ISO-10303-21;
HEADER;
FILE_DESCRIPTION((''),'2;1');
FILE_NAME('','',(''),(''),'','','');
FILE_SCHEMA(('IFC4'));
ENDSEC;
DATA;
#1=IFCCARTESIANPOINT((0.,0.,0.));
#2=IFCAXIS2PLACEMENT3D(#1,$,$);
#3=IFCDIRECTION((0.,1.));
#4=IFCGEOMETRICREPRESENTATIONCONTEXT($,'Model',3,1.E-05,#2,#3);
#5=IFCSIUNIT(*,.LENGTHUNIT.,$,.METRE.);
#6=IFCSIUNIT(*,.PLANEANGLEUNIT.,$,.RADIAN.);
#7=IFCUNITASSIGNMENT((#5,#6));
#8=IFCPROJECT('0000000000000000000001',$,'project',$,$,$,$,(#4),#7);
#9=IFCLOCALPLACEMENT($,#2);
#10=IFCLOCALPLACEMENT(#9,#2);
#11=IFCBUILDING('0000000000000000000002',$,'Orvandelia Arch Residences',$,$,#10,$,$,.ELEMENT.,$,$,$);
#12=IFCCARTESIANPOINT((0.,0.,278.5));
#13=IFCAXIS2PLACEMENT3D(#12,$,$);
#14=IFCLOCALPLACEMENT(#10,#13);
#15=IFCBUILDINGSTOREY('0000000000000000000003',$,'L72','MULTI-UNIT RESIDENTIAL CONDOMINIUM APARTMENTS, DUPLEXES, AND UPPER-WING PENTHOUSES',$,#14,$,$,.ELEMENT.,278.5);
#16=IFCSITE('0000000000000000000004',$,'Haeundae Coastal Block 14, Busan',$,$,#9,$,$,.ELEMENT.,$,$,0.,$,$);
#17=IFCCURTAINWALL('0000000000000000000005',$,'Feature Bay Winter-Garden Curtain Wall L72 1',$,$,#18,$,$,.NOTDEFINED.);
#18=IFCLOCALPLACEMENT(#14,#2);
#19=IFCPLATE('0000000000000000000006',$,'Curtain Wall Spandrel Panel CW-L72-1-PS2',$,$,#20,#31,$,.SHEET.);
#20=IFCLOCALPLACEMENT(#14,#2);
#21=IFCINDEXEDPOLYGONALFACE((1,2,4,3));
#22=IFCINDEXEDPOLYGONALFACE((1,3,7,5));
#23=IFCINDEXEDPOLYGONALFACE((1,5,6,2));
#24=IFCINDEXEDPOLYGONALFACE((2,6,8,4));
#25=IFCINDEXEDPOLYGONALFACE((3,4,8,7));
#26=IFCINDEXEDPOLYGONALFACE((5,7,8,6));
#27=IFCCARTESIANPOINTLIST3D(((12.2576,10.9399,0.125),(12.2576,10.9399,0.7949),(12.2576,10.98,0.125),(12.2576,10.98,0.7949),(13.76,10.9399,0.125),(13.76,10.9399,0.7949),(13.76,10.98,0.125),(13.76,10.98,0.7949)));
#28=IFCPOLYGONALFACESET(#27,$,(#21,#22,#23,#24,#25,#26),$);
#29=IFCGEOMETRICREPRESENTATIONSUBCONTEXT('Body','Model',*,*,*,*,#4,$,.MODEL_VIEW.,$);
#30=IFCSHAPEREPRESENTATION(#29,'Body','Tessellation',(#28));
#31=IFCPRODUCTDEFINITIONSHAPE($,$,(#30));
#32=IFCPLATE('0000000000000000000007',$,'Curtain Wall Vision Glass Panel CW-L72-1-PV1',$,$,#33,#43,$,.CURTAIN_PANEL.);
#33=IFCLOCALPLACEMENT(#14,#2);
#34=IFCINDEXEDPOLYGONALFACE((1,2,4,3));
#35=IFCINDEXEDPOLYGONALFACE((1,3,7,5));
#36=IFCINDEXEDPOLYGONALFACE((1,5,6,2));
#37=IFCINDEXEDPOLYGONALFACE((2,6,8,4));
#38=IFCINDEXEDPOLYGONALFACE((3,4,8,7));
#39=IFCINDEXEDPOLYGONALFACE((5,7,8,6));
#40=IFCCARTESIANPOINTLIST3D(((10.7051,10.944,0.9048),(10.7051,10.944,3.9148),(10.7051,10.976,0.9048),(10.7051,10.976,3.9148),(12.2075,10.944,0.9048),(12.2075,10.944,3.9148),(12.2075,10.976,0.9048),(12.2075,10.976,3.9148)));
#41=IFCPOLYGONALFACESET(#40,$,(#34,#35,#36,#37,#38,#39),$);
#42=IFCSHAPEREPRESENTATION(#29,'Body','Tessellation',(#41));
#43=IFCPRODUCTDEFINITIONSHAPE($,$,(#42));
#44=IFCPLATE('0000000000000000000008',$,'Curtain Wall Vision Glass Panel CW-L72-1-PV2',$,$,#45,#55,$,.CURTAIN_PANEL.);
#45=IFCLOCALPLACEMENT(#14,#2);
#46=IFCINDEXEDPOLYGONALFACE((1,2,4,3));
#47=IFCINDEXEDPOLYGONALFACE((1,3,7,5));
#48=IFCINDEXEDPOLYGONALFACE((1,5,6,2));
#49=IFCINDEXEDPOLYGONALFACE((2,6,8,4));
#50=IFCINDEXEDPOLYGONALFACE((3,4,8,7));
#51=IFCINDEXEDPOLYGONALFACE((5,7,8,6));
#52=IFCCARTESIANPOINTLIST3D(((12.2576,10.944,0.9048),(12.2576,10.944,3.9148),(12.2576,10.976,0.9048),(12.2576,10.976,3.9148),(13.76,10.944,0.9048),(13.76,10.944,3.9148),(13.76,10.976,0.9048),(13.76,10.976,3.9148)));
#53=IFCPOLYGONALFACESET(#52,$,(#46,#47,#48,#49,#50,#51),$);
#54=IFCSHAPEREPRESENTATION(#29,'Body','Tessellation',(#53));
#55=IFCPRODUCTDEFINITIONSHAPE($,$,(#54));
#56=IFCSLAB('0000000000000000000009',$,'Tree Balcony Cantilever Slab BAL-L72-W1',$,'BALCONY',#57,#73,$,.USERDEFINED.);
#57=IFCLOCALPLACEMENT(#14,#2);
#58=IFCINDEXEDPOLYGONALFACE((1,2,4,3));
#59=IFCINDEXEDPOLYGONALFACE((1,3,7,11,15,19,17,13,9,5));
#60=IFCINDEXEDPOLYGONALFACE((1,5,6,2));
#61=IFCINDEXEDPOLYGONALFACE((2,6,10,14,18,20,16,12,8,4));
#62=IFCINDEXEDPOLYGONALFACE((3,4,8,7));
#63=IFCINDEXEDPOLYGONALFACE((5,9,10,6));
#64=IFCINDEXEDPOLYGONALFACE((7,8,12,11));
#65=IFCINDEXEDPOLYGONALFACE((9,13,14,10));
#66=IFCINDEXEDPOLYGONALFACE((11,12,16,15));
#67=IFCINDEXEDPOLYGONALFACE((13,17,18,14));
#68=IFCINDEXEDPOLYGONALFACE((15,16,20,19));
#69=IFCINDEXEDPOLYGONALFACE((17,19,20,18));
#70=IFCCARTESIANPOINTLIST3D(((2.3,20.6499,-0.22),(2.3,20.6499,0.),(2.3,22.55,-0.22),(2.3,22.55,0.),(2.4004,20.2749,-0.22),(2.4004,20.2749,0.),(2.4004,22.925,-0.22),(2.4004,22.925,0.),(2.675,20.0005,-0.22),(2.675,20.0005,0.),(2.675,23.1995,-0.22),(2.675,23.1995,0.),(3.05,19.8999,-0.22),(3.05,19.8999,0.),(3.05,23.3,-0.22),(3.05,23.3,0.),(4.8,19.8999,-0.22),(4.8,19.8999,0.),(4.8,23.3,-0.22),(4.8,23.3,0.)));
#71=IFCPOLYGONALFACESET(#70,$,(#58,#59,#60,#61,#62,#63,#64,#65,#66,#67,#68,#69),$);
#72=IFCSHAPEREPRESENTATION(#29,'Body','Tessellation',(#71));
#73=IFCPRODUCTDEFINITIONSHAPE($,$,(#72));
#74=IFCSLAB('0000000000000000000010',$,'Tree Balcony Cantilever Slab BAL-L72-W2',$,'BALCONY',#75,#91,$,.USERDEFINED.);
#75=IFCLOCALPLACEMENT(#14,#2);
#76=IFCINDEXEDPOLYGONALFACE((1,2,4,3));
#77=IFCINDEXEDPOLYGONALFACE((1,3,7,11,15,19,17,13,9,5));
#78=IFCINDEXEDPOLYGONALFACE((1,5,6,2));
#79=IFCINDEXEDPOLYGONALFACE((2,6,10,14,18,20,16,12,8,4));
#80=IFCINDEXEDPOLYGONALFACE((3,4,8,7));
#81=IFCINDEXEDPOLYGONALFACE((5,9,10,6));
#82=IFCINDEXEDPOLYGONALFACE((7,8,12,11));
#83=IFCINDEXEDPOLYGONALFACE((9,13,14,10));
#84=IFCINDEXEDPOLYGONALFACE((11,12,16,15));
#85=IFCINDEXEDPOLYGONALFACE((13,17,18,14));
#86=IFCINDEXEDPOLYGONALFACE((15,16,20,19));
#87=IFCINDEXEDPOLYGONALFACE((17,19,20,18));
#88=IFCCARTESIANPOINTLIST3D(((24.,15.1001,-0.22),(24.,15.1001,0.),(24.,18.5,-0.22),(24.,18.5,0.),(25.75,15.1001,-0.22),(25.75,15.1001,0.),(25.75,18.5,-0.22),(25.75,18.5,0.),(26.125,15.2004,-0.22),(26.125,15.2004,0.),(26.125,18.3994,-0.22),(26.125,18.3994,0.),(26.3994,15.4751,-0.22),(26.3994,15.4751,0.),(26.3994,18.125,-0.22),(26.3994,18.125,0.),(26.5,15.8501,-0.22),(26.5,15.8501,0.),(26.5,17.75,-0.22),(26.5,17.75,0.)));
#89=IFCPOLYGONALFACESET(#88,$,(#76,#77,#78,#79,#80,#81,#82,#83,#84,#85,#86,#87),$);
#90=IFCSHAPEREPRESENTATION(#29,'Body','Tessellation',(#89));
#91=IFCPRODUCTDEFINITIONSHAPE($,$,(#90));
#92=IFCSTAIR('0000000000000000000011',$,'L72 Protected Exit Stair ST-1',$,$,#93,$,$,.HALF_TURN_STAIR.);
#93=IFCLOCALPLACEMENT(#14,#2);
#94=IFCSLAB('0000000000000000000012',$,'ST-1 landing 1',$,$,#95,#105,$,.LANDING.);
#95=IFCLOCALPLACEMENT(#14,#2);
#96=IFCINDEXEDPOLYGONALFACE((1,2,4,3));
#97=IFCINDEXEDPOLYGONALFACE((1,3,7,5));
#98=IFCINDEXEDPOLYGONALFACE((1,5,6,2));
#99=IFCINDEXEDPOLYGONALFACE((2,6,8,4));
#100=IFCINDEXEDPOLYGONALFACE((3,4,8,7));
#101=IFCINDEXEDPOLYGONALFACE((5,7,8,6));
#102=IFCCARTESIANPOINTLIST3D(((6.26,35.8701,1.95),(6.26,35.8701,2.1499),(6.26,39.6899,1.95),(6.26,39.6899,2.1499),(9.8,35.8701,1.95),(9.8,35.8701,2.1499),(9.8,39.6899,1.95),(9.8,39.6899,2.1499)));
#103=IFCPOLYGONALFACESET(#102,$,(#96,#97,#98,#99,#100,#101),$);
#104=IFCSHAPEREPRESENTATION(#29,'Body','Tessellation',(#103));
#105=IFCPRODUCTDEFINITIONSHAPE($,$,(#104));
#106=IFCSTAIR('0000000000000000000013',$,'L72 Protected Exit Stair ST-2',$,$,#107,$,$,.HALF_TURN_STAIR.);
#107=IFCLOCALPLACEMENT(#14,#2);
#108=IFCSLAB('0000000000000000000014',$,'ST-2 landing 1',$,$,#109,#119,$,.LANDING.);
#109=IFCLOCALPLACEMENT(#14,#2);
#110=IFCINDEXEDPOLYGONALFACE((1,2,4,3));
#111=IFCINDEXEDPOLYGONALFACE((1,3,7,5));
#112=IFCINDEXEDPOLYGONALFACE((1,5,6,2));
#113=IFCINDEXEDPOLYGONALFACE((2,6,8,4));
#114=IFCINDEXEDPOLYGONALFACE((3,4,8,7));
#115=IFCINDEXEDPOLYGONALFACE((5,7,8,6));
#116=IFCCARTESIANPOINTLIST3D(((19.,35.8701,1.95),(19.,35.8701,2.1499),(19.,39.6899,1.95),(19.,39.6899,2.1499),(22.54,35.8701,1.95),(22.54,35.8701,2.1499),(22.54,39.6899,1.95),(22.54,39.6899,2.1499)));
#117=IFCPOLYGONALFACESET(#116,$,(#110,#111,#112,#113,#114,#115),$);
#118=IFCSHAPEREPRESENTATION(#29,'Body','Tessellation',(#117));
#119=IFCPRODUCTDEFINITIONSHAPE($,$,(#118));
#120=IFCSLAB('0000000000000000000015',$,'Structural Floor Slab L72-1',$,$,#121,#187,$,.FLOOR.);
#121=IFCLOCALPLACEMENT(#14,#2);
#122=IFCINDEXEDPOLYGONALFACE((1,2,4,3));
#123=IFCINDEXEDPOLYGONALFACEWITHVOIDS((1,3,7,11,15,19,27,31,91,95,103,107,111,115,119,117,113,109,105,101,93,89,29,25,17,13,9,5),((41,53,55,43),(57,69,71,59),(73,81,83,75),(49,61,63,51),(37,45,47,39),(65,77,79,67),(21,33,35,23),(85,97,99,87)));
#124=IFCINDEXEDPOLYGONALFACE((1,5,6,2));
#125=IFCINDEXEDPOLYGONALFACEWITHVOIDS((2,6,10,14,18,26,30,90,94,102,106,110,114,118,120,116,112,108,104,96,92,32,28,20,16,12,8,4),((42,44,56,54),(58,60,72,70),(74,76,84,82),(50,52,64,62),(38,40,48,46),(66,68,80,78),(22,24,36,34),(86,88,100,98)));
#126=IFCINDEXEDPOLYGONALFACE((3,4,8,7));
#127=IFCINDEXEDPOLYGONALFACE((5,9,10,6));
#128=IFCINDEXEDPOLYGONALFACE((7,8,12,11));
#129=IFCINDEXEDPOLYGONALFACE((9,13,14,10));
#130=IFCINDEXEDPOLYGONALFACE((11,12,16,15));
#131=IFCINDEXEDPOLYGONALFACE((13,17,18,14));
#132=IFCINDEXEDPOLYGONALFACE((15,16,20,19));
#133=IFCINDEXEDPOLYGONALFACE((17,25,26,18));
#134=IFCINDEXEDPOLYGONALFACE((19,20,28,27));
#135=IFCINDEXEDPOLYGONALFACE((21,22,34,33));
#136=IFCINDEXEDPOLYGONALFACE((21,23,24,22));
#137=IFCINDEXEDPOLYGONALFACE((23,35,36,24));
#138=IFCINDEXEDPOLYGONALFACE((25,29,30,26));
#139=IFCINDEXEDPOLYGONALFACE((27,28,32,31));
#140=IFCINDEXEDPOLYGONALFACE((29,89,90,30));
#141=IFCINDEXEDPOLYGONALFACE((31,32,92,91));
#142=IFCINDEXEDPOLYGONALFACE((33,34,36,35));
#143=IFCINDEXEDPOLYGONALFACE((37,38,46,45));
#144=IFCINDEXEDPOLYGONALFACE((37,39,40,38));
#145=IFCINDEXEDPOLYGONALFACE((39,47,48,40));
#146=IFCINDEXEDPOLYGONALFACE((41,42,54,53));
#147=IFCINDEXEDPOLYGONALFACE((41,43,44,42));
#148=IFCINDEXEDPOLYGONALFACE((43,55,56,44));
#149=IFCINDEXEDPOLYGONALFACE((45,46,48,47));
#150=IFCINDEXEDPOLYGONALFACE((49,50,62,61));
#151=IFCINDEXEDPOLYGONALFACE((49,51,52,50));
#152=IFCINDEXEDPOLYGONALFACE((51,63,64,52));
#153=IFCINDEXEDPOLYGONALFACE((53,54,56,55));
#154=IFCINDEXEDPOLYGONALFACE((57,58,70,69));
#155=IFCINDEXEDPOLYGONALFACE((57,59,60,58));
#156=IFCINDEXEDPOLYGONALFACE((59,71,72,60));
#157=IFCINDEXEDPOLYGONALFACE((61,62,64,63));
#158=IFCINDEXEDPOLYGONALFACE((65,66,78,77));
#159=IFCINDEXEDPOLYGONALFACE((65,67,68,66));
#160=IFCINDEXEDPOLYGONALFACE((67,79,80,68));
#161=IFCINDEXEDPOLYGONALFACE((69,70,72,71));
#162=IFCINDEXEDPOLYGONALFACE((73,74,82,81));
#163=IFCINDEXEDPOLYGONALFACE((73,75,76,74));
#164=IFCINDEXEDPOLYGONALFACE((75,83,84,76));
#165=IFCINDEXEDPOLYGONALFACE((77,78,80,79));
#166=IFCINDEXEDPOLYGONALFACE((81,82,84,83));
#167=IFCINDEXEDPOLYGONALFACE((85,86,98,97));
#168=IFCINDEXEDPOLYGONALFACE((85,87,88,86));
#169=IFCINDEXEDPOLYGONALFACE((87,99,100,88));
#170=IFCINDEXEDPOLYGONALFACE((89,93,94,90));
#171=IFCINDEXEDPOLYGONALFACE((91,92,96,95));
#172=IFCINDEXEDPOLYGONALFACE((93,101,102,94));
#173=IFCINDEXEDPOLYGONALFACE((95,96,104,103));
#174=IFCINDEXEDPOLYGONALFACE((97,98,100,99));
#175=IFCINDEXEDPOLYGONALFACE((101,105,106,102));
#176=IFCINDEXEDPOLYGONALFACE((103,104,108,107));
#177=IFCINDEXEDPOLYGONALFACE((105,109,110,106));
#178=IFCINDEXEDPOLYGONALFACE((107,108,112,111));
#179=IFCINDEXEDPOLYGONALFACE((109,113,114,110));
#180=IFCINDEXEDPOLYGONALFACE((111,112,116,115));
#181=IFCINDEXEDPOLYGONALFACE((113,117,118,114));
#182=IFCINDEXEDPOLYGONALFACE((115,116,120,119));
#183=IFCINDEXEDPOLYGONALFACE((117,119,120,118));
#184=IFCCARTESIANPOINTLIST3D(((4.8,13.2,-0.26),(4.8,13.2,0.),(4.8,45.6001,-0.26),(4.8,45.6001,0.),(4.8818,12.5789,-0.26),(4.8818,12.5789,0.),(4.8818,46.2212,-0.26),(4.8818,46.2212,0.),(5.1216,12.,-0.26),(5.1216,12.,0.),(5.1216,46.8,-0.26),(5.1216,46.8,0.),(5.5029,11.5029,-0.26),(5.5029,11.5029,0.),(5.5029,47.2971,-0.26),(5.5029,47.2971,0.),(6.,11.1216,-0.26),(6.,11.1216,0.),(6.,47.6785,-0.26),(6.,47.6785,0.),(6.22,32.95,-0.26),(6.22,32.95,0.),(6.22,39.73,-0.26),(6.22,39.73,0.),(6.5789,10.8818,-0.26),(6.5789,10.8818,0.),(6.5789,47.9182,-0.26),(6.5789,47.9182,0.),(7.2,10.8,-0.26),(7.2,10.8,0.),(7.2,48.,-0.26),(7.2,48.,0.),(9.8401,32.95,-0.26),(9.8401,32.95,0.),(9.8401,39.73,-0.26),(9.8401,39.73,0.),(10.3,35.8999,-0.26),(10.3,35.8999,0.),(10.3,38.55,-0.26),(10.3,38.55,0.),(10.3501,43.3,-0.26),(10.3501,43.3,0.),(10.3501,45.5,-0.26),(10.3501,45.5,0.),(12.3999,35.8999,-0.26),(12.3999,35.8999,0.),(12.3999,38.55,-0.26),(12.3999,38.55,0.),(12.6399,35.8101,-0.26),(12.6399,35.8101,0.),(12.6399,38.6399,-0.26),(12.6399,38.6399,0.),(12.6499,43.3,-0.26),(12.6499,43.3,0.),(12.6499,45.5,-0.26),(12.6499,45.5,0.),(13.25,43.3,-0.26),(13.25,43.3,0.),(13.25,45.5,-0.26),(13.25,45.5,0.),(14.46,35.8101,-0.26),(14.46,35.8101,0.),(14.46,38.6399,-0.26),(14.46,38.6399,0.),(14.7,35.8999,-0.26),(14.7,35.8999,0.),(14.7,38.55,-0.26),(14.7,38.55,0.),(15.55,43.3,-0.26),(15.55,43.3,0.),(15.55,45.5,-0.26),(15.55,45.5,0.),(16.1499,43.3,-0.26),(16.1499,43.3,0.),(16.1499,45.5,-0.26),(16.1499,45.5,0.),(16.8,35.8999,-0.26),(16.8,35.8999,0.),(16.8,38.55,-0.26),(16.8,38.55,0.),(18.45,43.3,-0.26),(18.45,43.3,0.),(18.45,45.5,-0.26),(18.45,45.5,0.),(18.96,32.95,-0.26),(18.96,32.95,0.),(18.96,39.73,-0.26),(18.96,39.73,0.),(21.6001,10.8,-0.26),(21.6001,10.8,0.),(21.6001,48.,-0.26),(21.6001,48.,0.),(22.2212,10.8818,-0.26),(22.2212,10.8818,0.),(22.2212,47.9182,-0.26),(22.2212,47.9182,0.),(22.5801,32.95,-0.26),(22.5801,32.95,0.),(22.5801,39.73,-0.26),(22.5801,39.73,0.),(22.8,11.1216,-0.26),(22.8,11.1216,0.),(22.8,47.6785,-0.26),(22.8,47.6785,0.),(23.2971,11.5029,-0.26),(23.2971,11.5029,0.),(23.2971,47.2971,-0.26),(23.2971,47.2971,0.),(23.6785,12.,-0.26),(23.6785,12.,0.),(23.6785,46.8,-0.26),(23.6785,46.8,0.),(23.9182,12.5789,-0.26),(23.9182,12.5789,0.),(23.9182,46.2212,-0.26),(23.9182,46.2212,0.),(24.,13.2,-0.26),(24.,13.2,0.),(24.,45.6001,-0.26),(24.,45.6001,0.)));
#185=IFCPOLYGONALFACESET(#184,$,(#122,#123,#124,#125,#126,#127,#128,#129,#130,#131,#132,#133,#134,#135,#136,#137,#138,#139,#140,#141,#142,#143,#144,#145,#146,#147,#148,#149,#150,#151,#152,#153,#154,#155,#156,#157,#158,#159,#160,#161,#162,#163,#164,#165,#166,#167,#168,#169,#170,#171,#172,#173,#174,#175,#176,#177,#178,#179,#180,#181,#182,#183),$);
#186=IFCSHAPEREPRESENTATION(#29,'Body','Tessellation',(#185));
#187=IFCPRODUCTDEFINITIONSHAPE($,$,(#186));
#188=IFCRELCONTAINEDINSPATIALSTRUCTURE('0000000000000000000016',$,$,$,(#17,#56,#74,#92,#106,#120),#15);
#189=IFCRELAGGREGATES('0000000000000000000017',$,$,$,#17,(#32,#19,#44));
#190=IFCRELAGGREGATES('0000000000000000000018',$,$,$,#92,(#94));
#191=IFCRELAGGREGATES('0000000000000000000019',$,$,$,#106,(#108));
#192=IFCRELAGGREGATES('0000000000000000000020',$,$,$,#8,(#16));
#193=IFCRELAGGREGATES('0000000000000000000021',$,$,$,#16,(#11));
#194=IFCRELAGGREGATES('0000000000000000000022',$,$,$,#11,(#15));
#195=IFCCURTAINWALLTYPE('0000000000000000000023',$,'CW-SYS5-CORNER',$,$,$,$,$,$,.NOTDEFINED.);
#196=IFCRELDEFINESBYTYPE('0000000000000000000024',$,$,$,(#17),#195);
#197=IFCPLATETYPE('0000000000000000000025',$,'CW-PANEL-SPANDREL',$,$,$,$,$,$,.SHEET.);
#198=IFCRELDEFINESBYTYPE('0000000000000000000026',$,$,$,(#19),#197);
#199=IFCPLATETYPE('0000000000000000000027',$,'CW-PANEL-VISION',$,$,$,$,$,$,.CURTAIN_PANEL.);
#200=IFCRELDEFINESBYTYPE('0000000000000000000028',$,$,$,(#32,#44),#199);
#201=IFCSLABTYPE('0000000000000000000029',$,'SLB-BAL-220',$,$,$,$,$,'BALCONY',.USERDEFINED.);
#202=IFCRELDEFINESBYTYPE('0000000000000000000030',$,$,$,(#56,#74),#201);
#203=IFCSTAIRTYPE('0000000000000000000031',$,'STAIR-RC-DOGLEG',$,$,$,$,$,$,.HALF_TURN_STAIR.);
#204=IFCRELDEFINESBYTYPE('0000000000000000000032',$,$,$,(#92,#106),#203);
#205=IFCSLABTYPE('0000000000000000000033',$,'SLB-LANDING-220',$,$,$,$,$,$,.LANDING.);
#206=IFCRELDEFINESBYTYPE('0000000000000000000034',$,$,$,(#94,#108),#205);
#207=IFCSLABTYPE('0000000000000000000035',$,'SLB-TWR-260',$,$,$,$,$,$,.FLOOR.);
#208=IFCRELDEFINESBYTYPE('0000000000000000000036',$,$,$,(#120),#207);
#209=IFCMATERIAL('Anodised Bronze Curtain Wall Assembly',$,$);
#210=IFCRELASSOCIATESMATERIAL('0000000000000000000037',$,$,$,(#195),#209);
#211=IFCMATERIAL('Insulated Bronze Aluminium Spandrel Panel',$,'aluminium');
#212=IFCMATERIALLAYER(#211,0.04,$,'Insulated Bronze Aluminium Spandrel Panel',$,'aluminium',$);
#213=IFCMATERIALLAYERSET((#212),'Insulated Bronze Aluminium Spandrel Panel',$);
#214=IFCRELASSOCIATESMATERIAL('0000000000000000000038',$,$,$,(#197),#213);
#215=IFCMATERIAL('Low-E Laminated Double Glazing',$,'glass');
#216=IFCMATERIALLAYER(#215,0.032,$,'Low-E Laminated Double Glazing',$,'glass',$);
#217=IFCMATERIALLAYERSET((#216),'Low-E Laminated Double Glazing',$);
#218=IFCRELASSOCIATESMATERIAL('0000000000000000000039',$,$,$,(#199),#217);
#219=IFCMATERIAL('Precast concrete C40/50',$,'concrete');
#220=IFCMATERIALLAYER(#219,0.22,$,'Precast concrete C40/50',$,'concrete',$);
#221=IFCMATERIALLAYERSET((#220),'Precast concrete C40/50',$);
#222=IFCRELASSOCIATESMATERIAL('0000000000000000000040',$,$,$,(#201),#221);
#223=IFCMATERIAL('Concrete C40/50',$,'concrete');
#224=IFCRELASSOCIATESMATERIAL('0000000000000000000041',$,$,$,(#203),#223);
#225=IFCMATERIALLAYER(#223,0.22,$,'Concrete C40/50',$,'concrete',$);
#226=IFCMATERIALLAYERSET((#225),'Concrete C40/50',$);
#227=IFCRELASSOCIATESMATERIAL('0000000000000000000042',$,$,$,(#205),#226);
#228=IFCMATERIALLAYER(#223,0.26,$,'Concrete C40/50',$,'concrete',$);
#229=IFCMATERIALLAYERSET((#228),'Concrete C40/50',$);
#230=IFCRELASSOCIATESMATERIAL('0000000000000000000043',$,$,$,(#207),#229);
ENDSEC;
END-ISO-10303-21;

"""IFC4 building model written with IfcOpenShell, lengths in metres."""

from ifc_helpers import new_model, si_unit, direction, frame, origin, origin_2d, place, context, subcontext, project, spatial, polyline, rectangle, outline, extrude, material, layer, layer_set, type_object, element, aggregate, save


model = new_model("IFC4")

# Units and contexts
model_context = context("Model", 3, precision=1e-05, world=origin(), true_north=direction((0.0, 1.0)))
body_context = subcontext(model_context, "Body", "Model", "MODEL_VIEW")
ifc_project = project(units=[si_unit("LENGTHUNIT", "METRE"), si_unit("PLANEANGLEUNIT", "RADIAN")], contexts=[model_context])

# Site, building, storey
site_placement = place(None, origin())
site = spatial("IfcSite", under=ifc_project, at=site_placement, Name="Haeundae Coastal Block 14, Busan", CompositionType="ELEMENT", RefElevation=0.0)
building_placement = place(site_placement, origin())
building = spatial("IfcBuilding", under=site, at=building_placement, Name="Orvandelia Arch Residences", CompositionType="ELEMENT")
storey_placement = place(building_placement, frame((0.0, 0.0, 278.5)))
storey = spatial("IfcBuildingStorey", under=building, at=storey_placement, Name="L72", Description="MULTI-UNIT RESIDENTIAL CONDOMINIUM APARTMENTS, DUPLEXES, AND UPPER-WING PENTHOUSES", CompositionType="ELEMENT", Elevation=278.5)

# Curtain wall, plates
ifc_material_1 = material(Name="Anodised Bronze Curtain Wall Assembly")
curtain_wall_type = type_object("IfcCurtainWallType", Name="CW-SYS5-CORNER", PredefinedType="NOTDEFINED", material=ifc_material_1)
curtain_wall_placement = place(storey_placement, origin())
curtain_wall = element("IfcCurtainWall", 1, at=curtain_wall_placement, inside=storey, type_object=curtain_wall_type, Name="Feature Bay Winter-Garden Curtain Wall L72 1", PredefinedType="NOTDEFINED")
ifc_material_2 = material(Name="Insulated Bronze Aluminium Spandrel Panel", Category="aluminium")
ifc_layer_1 = layer(ifc_material_2, 0.04, Name="Insulated Bronze Aluminium Spandrel Panel", Category="aluminium")
ifc_layer_set_1 = layer_set([ifc_layer_1], Name="Insulated Bronze Aluminium Spandrel Panel")
plate_type_1 = type_object("IfcPlateType", Name="CW-PANEL-SPANDREL", PredefinedType="SHEET", material=ifc_layer_set_1)
plate_1_placement = place(storey_placement, frame((13.0088, 10.96, 0.125), z_axis=(0.0, 0.0, 1.0), x_axis=(1.0, 0.0, 0.0)))
plate_1 = element("IfcPlate", 2, at=plate_1_placement, type_object=plate_type_1, Name="Curtain Wall Spandrel Panel CW-L72-1-PS2", PredefinedType="SHEET", context=body_context, shape_type="SweptSolid", body=[
    extrude(rectangle(XDim=1.5024, YDim=0.04, at=origin_2d()), origin(), (0.0, 0.0, 1.0), 0.6699),
])
ifc_material_3 = material(Name="Low-E Laminated Double Glazing", Category="glass")
ifc_layer_2 = layer(ifc_material_3, 0.032, Name="Low-E Laminated Double Glazing", Category="glass")
ifc_layer_set_2 = layer_set([ifc_layer_2], Name="Low-E Laminated Double Glazing")
plate_type_2 = type_object("IfcPlateType", Name="CW-PANEL-VISION", PredefinedType="CURTAIN_PANEL", material=ifc_layer_set_2)
plate_2_placement = place(storey_placement, frame((11.4563, 10.96, 0.9048), z_axis=(0.0, 0.0, 1.0), x_axis=(1.0, 0.0, 0.0)))
plate_2 = element("IfcPlate", 3, at=plate_2_placement, type_object=plate_type_2, Name="Curtain Wall Vision Glass Panel CW-L72-1-PV1", PredefinedType="CURTAIN_PANEL", context=body_context, shape_type="SweptSolid", body=[
    extrude(rectangle(XDim=1.5024, YDim=0.032, at=origin_2d()), origin(), (0.0, 0.0, 1.0), 3.01),
])
plate_3_placement = place(storey_placement, frame((13.0088, 10.96, 0.9048), z_axis=(0.0, 0.0, 1.0), x_axis=(1.0, 0.0, 0.0)))
plate_3 = element("IfcPlate", 4, at=plate_3_placement, type_object=plate_type_2, Name="Curtain Wall Vision Glass Panel CW-L72-1-PV2", PredefinedType="CURTAIN_PANEL", context=body_context, shape_type="SweptSolid", body=[
    extrude(rectangle(XDim=1.5024, YDim=0.032, at=origin_2d()), origin(), (0.0, 0.0, 1.0), 3.01),
])
aggregate(curtain_wall, [plate_2, plate_1, plate_3])

# Slabs
ifc_material_4 = material(Name="Precast concrete C40/50", Category="concrete")
ifc_layer_3 = layer(ifc_material_4, 0.22, Name="Precast concrete C40/50", Category="concrete")
ifc_layer_set_3 = layer_set([ifc_layer_3], Name="Precast concrete C40/50")
slab_type_1 = type_object("IfcSlabType", Name="SLB-BAL-220", ElementType="BALCONY", PredefinedType="USERDEFINED", material=ifc_layer_set_3)
slab_1_placement = place(storey_placement, frame((0.0, 0.0, -0.22)))
element("IfcSlab", 5, at=slab_1_placement, inside=storey, type_object=slab_type_1, Name="Tree Balcony Cantilever Slab BAL-L72-W1", ObjectType="BALCONY", PredefinedType="USERDEFINED", context=body_context, shape_type="SweptSolid", body=[
    extrude(outline(polyline([(4.8, 19.8999), (4.8, 23.3), (3.05, 23.3), (2.675, 23.1995), (2.4004, 22.925), (2.3, 22.55), (2.3, 20.6499), (2.4004, 20.2749), (2.675, 20.0005), (3.05, 19.8999), (4.8, 19.8999)])), origin(), (0.0, 0.0, 1.0), 0.22),
])
slab_2_placement = place(storey_placement, frame((0.0, 0.0, -0.22)))
element("IfcSlab", 6, at=slab_2_placement, inside=storey, type_object=slab_type_1, Name="Tree Balcony Cantilever Slab BAL-L72-W2", ObjectType="BALCONY", PredefinedType="USERDEFINED", context=body_context, shape_type="SweptSolid", body=[
    extrude(outline(polyline([(24.0, 18.5), (24.0, 15.1001), (25.75, 15.1001), (26.125, 15.2004), (26.3994, 15.4751), (26.5, 15.8501), (26.5, 17.75), (26.3994, 18.125), (26.125, 18.3994), (25.75, 18.5), (24.0, 18.5)])), origin(), (0.0, 0.0, 1.0), 0.22),
])

# Stairs, slabs
ifc_material_5 = material(Name="Concrete C40/50", Category="concrete")
stair_type = type_object("IfcStairType", Name="STAIR-RC-DOGLEG", PredefinedType="HALF_TURN_STAIR", material=ifc_material_5)
stair_1_placement = place(storey_placement, origin())
stair_1 = element("IfcStair", 7, at=stair_1_placement, inside=storey, type_object=stair_type, Name="L72 Protected Exit Stair ST-1", PredefinedType="HALF_TURN_STAIR")
ifc_layer_4 = layer(ifc_material_5, 0.22, Name="Concrete C40/50", Category="concrete")
ifc_layer_set_4 = layer_set([ifc_layer_4], Name="Concrete C40/50")
slab_type_2 = type_object("IfcSlabType", Name="SLB-LANDING-220", PredefinedType="LANDING", material=ifc_layer_set_4)
slab_3_placement = place(storey_placement, frame((0.0, 0.0, 1.95)))
slab_3 = element("IfcSlab", 8, at=slab_3_placement, type_object=slab_type_2, Name="ST-1 landing 1", PredefinedType="LANDING", context=body_context, shape_type="SweptSolid", body=[
    extrude(outline(polyline([(9.8, 35.8701), (9.8, 39.6899), (6.26, 39.6899), (6.26, 35.8701), (9.8, 35.8701)])), origin(), (0.0, 0.0, 1.0), 0.2),
])
aggregate(stair_1, [slab_3])
stair_2_placement = place(storey_placement, origin())
stair_2 = element("IfcStair", 9, at=stair_2_placement, inside=storey, type_object=stair_type, Name="L72 Protected Exit Stair ST-2", PredefinedType="HALF_TURN_STAIR")
slab_4_placement = place(storey_placement, frame((0.0, 0.0, 1.95)))
slab_4 = element("IfcSlab", 10, at=slab_4_placement, type_object=slab_type_2, Name="ST-2 landing 1", PredefinedType="LANDING", context=body_context, shape_type="SweptSolid", body=[
    extrude(outline(polyline([(22.54, 35.8701), (22.54, 39.6899), (19.0, 39.6899), (19.0, 35.8701), (22.54, 35.8701)])), origin(), (0.0, 0.0, 1.0), 0.2),
])
aggregate(stair_2, [slab_4])

# Slab
ifc_layer_5 = layer(ifc_material_5, 0.26, Name="Concrete C40/50", Category="concrete")
ifc_layer_set_5 = layer_set([ifc_layer_5], Name="Concrete C40/50")
slab_type_3 = type_object("IfcSlabType", Name="SLB-TWR-260", PredefinedType="FLOOR", material=ifc_layer_set_5)
slab_5_placement = place(storey_placement, frame((0.0, 0.0, -0.26)))
element("IfcSlab", 11, at=slab_5_placement, inside=storey, type_object=slab_type_3, Name="Structural Floor Slab L72-1", PredefinedType="FLOOR", context=body_context, shape_type="SweptSolid", body=[
    extrude(outline(polyline([(4.8, 13.2), (4.8818, 12.5789), (5.1216, 12.0), (5.5029, 11.5029), (6.0, 11.1216), (6.5789, 10.8818), (7.2, 10.8), (21.6001, 10.8), (22.2212, 10.8818), (22.8, 11.1216), (23.2971, 11.5029), (23.6785, 12.0), (23.9182, 12.5789), (24.0, 13.2), (24.0, 45.6001), (23.9182, 46.2212), (23.6785, 46.8), (23.2971, 47.2971), (22.8, 47.6785), (22.2212, 47.9182), (21.6001, 48.0), (7.2, 48.0), (6.5789, 47.9182), (6.0, 47.6785), (5.5029, 47.2971), (5.1216, 46.8), (4.8818, 46.2212), (4.8, 45.6001), (4.8, 13.2)]), holes=[polyline([(6.22, 32.95), (9.8401, 32.95), (9.8401, 39.73), (6.22, 39.73), (6.22, 32.95)]), polyline([(18.96, 32.95), (22.5801, 32.95), (22.5801, 39.73), (18.96, 39.73), (18.96, 32.95)]), polyline([(12.6399, 35.8101), (14.46, 35.8101), (14.46, 38.6399), (12.6399, 38.6399), (12.6399, 35.8101)]), polyline([(10.3, 35.8999), (12.3999, 35.8999), (12.3999, 38.55), (10.3, 38.55), (10.3, 35.8999)]), polyline([(14.7, 35.8999), (16.8, 35.8999), (16.8, 38.55), (14.7, 38.55), (14.7, 35.8999)]), polyline([(10.3501, 43.3), (12.6499, 43.3), (12.6499, 45.5), (10.3501, 45.5), (10.3501, 43.3)]), polyline([(13.25, 43.3), (15.55, 43.3), (15.55, 45.5), (13.25, 45.5), (13.25, 43.3)]), polyline([(16.1499, 43.3), (18.45, 43.3), (18.45, 45.5), (16.1499, 45.5), (16.1499, 43.3)])]), origin(), (0.0, 0.0, 1.0), 0.26),
])

save(model, "model.ifc")
